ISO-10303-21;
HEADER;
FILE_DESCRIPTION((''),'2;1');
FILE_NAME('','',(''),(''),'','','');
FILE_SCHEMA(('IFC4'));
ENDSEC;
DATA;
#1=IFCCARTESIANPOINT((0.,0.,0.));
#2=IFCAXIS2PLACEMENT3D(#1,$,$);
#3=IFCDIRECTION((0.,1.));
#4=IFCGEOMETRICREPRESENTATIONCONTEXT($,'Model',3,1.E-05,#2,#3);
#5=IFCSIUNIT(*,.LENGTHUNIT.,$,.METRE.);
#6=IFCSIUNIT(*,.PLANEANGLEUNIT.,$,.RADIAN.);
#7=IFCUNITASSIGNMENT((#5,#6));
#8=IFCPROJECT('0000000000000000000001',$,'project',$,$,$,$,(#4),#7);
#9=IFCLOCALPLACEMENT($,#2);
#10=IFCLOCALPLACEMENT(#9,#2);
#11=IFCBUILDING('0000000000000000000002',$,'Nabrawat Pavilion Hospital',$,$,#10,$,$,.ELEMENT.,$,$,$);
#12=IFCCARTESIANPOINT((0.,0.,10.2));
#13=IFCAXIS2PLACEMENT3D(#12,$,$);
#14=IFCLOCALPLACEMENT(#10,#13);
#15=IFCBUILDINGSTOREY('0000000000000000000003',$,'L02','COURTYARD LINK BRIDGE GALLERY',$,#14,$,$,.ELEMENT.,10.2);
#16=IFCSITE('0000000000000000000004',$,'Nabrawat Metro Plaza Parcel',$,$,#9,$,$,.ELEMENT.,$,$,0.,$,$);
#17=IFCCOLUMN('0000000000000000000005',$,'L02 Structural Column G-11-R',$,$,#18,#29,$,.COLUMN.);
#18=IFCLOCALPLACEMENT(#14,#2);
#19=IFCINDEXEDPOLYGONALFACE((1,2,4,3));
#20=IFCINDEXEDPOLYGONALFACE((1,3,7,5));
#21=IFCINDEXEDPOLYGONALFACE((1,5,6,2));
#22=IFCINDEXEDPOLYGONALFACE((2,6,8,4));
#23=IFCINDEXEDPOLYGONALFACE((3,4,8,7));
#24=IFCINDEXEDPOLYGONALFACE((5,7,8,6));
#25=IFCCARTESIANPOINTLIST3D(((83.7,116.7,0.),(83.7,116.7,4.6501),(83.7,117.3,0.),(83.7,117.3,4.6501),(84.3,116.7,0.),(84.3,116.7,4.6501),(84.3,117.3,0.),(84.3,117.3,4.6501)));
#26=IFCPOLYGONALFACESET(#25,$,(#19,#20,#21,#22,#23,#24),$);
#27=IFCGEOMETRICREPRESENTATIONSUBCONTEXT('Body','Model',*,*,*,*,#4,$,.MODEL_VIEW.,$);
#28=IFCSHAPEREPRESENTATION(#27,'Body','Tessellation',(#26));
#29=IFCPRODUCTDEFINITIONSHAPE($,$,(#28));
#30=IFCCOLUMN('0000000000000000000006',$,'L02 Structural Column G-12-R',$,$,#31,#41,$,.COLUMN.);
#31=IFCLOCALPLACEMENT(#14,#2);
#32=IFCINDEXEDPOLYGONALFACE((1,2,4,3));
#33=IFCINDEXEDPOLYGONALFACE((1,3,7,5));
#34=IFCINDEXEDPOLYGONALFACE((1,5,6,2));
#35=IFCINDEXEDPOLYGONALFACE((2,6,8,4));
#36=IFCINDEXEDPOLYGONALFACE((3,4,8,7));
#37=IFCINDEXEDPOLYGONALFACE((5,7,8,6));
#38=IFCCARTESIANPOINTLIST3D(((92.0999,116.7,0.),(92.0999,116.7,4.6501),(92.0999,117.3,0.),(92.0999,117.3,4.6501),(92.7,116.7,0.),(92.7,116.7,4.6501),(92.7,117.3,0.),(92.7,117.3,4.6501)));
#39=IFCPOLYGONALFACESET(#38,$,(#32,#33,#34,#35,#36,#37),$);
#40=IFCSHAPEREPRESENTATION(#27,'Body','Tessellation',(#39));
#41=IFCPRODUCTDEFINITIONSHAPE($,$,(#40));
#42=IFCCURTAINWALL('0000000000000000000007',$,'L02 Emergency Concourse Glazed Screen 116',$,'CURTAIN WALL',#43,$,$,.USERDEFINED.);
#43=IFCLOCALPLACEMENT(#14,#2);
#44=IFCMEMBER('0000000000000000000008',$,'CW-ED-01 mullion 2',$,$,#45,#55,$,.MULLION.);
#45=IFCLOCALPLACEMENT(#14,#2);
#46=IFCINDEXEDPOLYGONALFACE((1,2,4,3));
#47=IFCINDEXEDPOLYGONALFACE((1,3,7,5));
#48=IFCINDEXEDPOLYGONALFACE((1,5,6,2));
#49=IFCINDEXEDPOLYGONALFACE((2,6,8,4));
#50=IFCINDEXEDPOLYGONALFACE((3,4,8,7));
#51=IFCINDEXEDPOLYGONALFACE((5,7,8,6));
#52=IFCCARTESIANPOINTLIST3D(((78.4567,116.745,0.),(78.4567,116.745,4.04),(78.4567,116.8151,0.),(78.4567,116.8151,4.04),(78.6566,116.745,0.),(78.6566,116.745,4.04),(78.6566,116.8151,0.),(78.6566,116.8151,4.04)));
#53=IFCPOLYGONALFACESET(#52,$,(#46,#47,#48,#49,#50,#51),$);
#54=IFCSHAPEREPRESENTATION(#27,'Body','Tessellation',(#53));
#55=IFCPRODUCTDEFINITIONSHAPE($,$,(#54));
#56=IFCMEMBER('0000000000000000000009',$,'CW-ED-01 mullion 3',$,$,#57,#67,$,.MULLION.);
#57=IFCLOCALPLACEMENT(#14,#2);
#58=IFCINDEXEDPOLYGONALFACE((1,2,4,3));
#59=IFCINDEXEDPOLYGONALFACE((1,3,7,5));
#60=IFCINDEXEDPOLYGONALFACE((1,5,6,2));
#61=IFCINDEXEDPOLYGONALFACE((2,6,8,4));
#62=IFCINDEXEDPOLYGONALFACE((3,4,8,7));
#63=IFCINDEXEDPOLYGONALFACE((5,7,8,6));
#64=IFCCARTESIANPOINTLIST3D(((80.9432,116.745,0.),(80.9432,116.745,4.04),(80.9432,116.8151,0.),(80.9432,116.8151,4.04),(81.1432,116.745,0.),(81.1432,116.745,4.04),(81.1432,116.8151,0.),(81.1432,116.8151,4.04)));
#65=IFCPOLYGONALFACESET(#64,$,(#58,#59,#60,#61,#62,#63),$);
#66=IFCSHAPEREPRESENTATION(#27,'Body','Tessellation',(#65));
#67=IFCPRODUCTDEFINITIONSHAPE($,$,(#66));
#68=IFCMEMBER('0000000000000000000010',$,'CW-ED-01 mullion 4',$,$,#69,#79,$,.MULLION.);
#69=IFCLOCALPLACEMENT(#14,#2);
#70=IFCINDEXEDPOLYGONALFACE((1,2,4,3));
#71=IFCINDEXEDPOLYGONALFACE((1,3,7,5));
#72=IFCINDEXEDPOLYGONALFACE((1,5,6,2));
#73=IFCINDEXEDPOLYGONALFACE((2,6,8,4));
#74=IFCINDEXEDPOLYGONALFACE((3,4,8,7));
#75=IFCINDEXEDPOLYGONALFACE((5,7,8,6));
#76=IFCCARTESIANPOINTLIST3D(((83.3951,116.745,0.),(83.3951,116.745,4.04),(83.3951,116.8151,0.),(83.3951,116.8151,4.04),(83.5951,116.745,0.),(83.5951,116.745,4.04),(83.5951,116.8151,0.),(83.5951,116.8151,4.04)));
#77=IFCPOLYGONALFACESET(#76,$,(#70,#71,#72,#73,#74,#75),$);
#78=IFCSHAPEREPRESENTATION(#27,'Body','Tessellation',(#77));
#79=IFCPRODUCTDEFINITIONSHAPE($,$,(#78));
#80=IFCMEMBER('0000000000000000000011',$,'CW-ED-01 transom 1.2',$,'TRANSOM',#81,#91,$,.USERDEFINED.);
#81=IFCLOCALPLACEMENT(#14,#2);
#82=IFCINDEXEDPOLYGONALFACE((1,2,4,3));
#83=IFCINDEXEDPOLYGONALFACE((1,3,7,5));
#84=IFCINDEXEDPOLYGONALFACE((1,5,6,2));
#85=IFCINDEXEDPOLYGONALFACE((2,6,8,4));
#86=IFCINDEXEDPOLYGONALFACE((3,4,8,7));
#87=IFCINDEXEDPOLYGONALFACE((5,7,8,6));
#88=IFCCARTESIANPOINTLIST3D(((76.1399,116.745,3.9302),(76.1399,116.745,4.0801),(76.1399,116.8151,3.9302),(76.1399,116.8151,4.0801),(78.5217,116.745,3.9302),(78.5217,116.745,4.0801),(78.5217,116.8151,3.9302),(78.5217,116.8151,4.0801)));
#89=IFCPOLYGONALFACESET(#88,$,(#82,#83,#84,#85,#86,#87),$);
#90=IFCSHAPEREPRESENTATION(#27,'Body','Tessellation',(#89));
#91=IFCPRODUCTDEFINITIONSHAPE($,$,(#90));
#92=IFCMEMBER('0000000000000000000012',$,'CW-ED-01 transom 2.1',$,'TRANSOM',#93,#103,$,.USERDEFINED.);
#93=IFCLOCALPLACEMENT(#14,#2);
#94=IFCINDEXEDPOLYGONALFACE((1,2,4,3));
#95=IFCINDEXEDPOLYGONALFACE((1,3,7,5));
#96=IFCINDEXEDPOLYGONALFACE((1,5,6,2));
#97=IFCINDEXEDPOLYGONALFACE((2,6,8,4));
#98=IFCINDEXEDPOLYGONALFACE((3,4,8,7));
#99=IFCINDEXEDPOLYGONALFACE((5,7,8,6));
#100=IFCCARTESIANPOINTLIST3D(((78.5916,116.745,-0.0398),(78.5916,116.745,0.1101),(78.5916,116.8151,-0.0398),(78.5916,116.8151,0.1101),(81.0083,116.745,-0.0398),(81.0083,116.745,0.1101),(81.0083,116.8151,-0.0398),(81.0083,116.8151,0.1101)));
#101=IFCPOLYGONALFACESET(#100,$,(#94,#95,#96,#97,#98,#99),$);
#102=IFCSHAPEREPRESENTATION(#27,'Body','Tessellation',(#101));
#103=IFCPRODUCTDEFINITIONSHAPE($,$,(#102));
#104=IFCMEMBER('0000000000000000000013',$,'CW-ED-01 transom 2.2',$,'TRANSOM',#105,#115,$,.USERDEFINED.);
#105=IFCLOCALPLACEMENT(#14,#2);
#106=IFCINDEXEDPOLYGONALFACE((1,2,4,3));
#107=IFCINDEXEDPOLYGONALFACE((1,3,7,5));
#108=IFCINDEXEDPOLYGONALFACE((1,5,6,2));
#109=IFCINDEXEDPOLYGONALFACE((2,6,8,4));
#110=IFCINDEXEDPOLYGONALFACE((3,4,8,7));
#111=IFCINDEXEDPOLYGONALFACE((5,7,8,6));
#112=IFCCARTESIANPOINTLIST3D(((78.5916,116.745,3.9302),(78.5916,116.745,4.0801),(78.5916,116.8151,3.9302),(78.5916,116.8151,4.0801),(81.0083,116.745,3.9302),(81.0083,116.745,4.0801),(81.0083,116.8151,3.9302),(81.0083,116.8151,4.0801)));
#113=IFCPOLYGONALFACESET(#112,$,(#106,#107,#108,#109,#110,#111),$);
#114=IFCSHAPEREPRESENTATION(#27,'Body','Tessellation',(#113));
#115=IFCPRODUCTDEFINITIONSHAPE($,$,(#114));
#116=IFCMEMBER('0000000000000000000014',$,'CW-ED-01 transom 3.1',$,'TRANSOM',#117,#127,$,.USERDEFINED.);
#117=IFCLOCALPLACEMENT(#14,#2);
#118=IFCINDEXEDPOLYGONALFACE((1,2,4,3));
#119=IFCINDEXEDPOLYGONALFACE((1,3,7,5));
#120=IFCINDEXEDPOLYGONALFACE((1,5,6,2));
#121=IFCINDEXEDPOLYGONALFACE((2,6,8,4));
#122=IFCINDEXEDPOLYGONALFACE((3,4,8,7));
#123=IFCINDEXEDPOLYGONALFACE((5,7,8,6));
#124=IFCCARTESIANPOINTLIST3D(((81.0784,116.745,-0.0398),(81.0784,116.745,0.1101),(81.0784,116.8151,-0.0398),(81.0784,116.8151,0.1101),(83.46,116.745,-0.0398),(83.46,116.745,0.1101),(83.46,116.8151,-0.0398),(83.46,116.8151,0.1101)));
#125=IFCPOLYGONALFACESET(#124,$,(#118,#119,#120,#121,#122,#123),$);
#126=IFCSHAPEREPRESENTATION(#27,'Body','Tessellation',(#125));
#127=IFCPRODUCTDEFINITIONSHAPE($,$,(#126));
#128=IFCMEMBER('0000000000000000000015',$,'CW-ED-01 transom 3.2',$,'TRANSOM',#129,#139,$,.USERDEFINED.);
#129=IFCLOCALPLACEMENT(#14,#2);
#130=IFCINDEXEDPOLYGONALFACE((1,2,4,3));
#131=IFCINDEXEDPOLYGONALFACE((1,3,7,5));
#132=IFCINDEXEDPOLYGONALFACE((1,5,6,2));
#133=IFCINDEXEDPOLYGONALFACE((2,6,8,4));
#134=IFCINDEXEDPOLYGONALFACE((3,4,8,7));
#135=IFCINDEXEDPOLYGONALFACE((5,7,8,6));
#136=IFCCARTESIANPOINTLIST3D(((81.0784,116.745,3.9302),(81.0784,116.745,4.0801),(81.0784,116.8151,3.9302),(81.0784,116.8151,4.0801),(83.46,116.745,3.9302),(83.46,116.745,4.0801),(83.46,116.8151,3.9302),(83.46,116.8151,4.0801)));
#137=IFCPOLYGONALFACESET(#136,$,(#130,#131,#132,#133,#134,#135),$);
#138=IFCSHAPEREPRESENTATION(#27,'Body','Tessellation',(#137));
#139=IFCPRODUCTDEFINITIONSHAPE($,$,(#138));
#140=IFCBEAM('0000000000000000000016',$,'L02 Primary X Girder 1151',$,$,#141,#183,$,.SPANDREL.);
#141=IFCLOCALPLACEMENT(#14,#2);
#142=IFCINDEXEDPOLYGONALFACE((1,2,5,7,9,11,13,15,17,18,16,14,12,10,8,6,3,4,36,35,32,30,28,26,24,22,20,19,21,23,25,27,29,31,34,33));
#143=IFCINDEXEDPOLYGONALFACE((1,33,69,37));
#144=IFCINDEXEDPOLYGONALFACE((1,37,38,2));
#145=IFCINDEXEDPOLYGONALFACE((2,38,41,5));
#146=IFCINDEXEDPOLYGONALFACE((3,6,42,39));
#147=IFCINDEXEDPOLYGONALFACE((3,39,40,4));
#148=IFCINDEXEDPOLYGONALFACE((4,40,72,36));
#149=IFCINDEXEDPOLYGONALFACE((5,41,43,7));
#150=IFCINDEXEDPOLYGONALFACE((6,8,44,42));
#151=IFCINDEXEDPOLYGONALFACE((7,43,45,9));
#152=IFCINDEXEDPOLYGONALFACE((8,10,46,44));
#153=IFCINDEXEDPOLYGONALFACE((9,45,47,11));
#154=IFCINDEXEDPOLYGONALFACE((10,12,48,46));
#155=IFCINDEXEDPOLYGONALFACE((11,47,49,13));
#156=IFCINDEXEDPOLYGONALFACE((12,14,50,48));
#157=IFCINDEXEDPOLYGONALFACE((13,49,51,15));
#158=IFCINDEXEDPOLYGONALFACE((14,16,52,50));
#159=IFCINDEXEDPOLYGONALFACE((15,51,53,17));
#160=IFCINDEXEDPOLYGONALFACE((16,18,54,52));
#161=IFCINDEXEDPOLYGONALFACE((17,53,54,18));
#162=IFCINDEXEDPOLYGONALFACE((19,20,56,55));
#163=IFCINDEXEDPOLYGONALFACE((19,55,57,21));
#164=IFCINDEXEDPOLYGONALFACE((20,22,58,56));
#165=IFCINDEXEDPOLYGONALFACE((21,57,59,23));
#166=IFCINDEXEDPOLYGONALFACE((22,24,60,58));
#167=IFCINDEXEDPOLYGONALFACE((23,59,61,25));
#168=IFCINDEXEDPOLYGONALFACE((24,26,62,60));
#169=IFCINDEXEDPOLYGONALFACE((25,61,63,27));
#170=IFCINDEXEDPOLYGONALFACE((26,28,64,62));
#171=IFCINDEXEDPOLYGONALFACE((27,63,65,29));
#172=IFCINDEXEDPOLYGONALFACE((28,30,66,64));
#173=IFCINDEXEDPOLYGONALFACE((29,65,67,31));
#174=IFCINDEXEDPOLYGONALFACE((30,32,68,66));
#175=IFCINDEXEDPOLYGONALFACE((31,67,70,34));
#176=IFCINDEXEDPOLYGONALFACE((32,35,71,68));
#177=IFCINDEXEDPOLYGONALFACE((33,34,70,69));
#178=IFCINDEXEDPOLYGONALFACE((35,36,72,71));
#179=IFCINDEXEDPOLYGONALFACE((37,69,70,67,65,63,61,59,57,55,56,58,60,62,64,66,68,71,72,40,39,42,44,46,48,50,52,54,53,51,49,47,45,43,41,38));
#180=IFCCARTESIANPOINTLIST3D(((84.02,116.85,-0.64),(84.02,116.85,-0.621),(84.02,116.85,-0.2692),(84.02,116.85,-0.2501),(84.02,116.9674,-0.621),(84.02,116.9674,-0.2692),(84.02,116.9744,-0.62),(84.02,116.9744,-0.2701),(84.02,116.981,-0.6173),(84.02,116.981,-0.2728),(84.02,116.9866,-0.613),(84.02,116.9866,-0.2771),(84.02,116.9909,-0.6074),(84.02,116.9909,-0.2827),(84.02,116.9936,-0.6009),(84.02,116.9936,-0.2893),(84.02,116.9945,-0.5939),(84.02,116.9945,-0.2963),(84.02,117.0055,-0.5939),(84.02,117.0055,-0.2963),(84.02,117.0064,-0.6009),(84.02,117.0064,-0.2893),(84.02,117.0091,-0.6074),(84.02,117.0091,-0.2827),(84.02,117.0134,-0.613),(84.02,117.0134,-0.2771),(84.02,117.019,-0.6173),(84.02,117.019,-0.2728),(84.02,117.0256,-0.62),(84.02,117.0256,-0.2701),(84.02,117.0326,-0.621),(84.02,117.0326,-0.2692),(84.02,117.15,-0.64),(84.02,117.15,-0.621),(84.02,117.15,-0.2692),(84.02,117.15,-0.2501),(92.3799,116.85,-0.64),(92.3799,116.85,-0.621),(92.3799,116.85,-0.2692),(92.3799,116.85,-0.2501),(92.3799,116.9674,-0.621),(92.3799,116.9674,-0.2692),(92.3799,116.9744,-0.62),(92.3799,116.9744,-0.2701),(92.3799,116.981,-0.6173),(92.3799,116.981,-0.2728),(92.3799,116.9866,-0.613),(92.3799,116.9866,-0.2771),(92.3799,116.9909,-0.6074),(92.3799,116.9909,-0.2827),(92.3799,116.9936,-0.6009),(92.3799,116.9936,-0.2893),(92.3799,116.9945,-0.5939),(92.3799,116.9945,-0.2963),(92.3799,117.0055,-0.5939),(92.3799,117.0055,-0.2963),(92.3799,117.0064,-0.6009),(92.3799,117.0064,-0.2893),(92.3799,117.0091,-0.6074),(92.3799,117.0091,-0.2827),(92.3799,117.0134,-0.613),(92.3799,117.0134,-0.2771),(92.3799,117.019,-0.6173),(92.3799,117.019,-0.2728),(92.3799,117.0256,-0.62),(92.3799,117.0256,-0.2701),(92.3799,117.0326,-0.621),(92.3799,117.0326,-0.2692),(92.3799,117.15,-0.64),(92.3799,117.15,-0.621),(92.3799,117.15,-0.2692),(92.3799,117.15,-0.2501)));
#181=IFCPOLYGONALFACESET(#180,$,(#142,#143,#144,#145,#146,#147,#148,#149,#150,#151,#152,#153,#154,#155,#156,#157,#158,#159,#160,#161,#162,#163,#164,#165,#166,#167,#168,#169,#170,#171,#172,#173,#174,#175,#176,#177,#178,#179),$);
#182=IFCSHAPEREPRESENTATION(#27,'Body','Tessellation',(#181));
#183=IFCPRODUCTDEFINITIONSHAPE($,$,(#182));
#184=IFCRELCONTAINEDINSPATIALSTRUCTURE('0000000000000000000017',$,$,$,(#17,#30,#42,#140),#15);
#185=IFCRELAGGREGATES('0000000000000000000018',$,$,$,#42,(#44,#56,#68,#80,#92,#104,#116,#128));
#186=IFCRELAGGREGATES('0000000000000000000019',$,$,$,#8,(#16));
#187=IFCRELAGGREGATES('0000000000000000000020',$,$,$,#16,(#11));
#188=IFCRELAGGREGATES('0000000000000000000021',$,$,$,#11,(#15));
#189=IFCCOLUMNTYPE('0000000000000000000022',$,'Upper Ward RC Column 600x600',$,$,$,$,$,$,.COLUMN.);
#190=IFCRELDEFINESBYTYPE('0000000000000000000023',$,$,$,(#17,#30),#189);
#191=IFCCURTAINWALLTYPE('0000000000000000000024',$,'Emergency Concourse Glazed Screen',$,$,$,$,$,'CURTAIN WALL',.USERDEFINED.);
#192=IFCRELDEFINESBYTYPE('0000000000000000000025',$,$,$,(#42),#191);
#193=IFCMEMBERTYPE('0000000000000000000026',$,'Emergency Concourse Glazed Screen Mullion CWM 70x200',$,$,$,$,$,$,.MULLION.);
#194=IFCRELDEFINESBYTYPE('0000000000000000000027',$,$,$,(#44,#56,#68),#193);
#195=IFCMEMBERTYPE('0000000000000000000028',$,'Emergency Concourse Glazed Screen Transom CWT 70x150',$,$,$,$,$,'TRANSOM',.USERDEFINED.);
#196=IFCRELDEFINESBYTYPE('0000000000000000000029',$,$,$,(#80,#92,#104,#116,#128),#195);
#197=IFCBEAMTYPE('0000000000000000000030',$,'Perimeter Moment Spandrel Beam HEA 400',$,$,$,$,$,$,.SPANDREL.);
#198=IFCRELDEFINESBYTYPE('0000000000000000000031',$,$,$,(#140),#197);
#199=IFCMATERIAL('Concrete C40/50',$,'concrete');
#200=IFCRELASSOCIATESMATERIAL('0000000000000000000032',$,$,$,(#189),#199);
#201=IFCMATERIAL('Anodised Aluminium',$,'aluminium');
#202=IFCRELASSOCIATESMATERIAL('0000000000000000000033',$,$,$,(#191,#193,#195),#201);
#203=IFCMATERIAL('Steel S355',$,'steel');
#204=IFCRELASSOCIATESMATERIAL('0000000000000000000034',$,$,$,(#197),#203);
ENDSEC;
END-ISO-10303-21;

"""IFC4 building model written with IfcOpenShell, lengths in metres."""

from ifc_helpers import new_model, si_unit, direction, frame, origin, origin_2d, place, context, subcontext, project, spatial, rectangle, i_section, extrude, material, material_profile, profile_set, type_object, element, aggregate, save


model = new_model("IFC4")

# Units and contexts
model_context = context("Model", 3, precision=1e-05, world=origin(), true_north=direction((0.0, 1.0)))
body_context = subcontext(model_context, "Body", "Model", "MODEL_VIEW")
ifc_project = project(units=[si_unit("LENGTHUNIT", "METRE"), si_unit("PLANEANGLEUNIT", "RADIAN")], contexts=[model_context])

# Site, building, storey
site_placement = place(None, origin())
site = spatial("IfcSite", under=ifc_project, at=site_placement, Name="Nabrawat Metro Plaza Parcel", CompositionType="ELEMENT", RefElevation=0.0)
building_placement = place(site_placement, origin())
building = spatial("IfcBuilding", under=site, at=building_placement, Name="Nabrawat Pavilion Hospital", CompositionType="ELEMENT")
storey_placement = place(building_placement, frame((0.0, 0.0, 10.2)))
storey = spatial("IfcBuildingStorey", under=building, at=storey_placement, Name="L02", Description="COURTYARD LINK BRIDGE GALLERY", CompositionType="ELEMENT", Elevation=10.2)

# Columns
ifc_material_1 = material(Name="Concrete C40/50", Category="concrete")
ifc_material_profile_1 = material_profile(ifc_material_1, rectangle(XDim=0.6001, YDim=0.6001, at=origin_2d()), Name="RC 600x600")
ifc_profile_set_1 = profile_set([ifc_material_profile_1], Name="Concrete C40/50")
column_type = type_object("IfcColumnType", Name="Upper Ward RC Column 600x600", PredefinedType="COLUMN", material=ifc_profile_set_1)
for number, where, z_axis, x_axis, name in (
    (1, (84.0, 117.0, 0.0), (0.0, 0.0, 1.0), (1.0, 0.0, 0.0), "L02 Structural Column G-11-R"),
    (2, (92.3999, 117.0, 0.0), (0.0, 0.0, 1.0), (1.0, 0.0, 0.0), "L02 Structural Column G-12-R"),
):
    element("IfcColumn", number, at=place(storey_placement, frame(where, z_axis=z_axis, x_axis=x_axis)), inside=storey, type_object=column_type, Name=name, PredefinedType="COLUMN", context=body_context, shape_type="SweptSolid", body=[
        extrude(rectangle(XDim=0.6001, YDim=0.6001, at=origin_2d()), origin(), (0.0, 0.0, 1.0), 4.6501),
    ])

# Curtain wall, members
ifc_material_2 = material(Name="Anodised Aluminium", Category="aluminium")
curtain_wall_type = type_object("IfcCurtainWallType", Name="Emergency Concourse Glazed Screen", ElementType="CURTAIN WALL", PredefinedType="USERDEFINED", material=ifc_material_2)
curtain_wall_placement = place(storey_placement, origin())
curtain_wall = element("IfcCurtainWall", 3, at=curtain_wall_placement, inside=storey, type_object=curtain_wall_type, Name="L02 Emergency Concourse Glazed Screen 116", ObjectType="CURTAIN WALL", PredefinedType="USERDEFINED")
ifc_material_profile_2 = material_profile(ifc_material_2, rectangle(XDim=0.0701, YDim=0.2, at=origin_2d()), Name="CWM 70x200")
ifc_profile_set_2 = profile_set([ifc_material_profile_2], Name="Anodised Aluminium")
member_type_1 = type_object("IfcMemberType", Name="Emergency Concourse Glazed Screen Mullion CWM 70x200", PredefinedType="MULLION", material=ifc_profile_set_2)
member_1_placement = place(storey_placement, frame((78.5566, 116.78, 0.0), z_axis=(0.0, 0.0, 1.0), x_axis=(0.0, 1.0, 0.0)))
member_1 = element("IfcMember", 4, at=member_1_placement, type_object=member_type_1, Name="CW-ED-01 mullion 2", PredefinedType="MULLION", context=body_context, shape_type="SweptSolid", body=[
    extrude(rectangle(XDim=0.0701, YDim=0.2, at=origin_2d()), origin(), (0.0, 0.0, 1.0), 4.04),
])
member_2_placement = place(storey_placement, frame((81.0432, 116.78, 0.0), z_axis=(0.0, 0.0, 1.0), x_axis=(0.0, 1.0, 0.0)))
member_2 = element("IfcMember", 5, at=member_2_placement, type_object=member_type_1, Name="CW-ED-01 mullion 3", PredefinedType="MULLION", context=body_context, shape_type="SweptSolid", body=[
    extrude(rectangle(XDim=0.0701, YDim=0.2, at=origin_2d()), origin(), (0.0, 0.0, 1.0), 4.04),
])
member_3_placement = place(storey_placement, frame((83.4951, 116.78, 0.0), z_axis=(0.0, 0.0, 1.0), x_axis=(0.0, 1.0, 0.0)))
member_3 = element("IfcMember", 6, at=member_3_placement, type_object=member_type_1, Name="CW-ED-01 mullion 4", PredefinedType="MULLION", context=body_context, shape_type="SweptSolid", body=[
    extrude(rectangle(XDim=0.0701, YDim=0.2, at=origin_2d()), origin(), (0.0, 0.0, 1.0), 4.04),
])
ifc_material_profile_3 = material_profile(ifc_material_2, rectangle(XDim=0.0701, YDim=0.1499, at=origin_2d()), Name="CWT 70x150")
ifc_profile_set_3 = profile_set([ifc_material_profile_3], Name="Anodised Aluminium")
member_type_2 = type_object("IfcMemberType", Name="Emergency Concourse Glazed Screen Transom CWT 70x150", ElementType="TRANSOM", PredefinedType="USERDEFINED", material=ifc_profile_set_3)
member_4_placement = place(storey_placement, frame((76.1399, 116.78, 4.0051), z_axis=(1.0, 0.0, 0.0), x_axis=(0.0, 1.0, 0.0)))
member_4 = element("IfcMember", 7, at=member_4_placement, type_object=member_type_2, Name="CW-ED-01 transom 1.2", ObjectType="TRANSOM", PredefinedType="USERDEFINED", context=body_context, shape_type="SweptSolid", body=[
    extrude(rectangle(XDim=0.0701, YDim=0.1499, at=origin_2d()), origin(), (0.0, 0.0, 1.0), 2.3818),
])
member_5_placement = place(storey_placement, frame((78.5916, 116.78, 0.0352), z_axis=(1.0, 0.0, 0.0), x_axis=(0.0, 1.0, 0.0)))
member_5 = element("IfcMember", 8, at=member_5_placement, type_object=member_type_2, Name="CW-ED-01 transom 2.1", ObjectType="TRANSOM", PredefinedType="USERDEFINED", context=body_context, shape_type="SweptSolid", body=[
    extrude(rectangle(XDim=0.0701, YDim=0.1499, at=origin_2d()), origin(), (0.0, 0.0, 1.0), 2.4167),
])
member_6_placement = place(storey_placement, frame((78.5916, 116.78, 4.0051), z_axis=(1.0, 0.0, 0.0), x_axis=(0.0, 1.0, 0.0)))
member_6 = element("IfcMember", 9, at=member_6_placement, type_object=member_type_2, Name="CW-ED-01 transom 2.2", ObjectType="TRANSOM", PredefinedType="USERDEFINED", context=body_context, shape_type="SweptSolid", body=[
    extrude(rectangle(XDim=0.0701, YDim=0.1499, at=origin_2d()), origin(), (0.0, 0.0, 1.0), 2.4167),
])
member_7_placement = place(storey_placement, frame((81.0784, 116.78, 0.0352), z_axis=(1.0, 0.0, 0.0), x_axis=(0.0, 1.0, 0.0)))
member_7 = element("IfcMember", 10, at=member_7_placement, type_object=member_type_2, Name="CW-ED-01 transom 3.1", ObjectType="TRANSOM", PredefinedType="USERDEFINED", context=body_context, shape_type="SweptSolid", body=[
    extrude(rectangle(XDim=0.0701, YDim=0.1499, at=origin_2d()), origin(), (0.0, 0.0, 1.0), 2.3816),
])
member_8_placement = place(storey_placement, frame((81.0784, 116.78, 4.0051), z_axis=(1.0, 0.0, 0.0), x_axis=(0.0, 1.0, 0.0)))
member_8 = element("IfcMember", 11, at=member_8_placement, type_object=member_type_2, Name="CW-ED-01 transom 3.2", ObjectType="TRANSOM", PredefinedType="USERDEFINED", context=body_context, shape_type="SweptSolid", body=[
    extrude(rectangle(XDim=0.0701, YDim=0.1499, at=origin_2d()), origin(), (0.0, 0.0, 1.0), 2.3816),
])

# Beam
ifc_material_3 = material(Name="Steel S355", Category="steel")
ifc_material_profile_4 = material_profile(ifc_material_3, i_section(OverallWidth=0.3, OverallDepth=0.3899, WebThickness=0.011, FlangeThickness=0.019, FilletRadius=0.0271, at=origin_2d()), Name="HEA 400")
ifc_profile_set_4 = profile_set([ifc_material_profile_4], Name="Steel S355")
beam_type = type_object("IfcBeamType", Name="Perimeter Moment Spandrel Beam HEA 400", PredefinedType="SPANDREL", material=ifc_profile_set_4)
beam_1_placement = place(storey_placement, frame((84.02, 117.0, -0.4451), z_axis=(1.0, 0.0, 0.0), x_axis=(0.0, 1.0, 0.0)))
element("IfcBeam", 12, at=beam_1_placement, inside=storey, type_object=beam_type, Name="L02 Primary X Girder 1151", PredefinedType="SPANDREL", context=body_context, shape_type="SweptSolid", body=[
    extrude(i_section(OverallWidth=0.3, OverallDepth=0.3899, WebThickness=0.011, FlangeThickness=0.019, FilletRadius=0.0271, at=origin_2d()), origin(), (0.0, 0.0, 1.0), 8.3599),
])

aggregate(curtain_wall, [member_1, member_2, member_3, member_4, member_5, member_6, member_7, member_8])

save(model, "model.ifc")
